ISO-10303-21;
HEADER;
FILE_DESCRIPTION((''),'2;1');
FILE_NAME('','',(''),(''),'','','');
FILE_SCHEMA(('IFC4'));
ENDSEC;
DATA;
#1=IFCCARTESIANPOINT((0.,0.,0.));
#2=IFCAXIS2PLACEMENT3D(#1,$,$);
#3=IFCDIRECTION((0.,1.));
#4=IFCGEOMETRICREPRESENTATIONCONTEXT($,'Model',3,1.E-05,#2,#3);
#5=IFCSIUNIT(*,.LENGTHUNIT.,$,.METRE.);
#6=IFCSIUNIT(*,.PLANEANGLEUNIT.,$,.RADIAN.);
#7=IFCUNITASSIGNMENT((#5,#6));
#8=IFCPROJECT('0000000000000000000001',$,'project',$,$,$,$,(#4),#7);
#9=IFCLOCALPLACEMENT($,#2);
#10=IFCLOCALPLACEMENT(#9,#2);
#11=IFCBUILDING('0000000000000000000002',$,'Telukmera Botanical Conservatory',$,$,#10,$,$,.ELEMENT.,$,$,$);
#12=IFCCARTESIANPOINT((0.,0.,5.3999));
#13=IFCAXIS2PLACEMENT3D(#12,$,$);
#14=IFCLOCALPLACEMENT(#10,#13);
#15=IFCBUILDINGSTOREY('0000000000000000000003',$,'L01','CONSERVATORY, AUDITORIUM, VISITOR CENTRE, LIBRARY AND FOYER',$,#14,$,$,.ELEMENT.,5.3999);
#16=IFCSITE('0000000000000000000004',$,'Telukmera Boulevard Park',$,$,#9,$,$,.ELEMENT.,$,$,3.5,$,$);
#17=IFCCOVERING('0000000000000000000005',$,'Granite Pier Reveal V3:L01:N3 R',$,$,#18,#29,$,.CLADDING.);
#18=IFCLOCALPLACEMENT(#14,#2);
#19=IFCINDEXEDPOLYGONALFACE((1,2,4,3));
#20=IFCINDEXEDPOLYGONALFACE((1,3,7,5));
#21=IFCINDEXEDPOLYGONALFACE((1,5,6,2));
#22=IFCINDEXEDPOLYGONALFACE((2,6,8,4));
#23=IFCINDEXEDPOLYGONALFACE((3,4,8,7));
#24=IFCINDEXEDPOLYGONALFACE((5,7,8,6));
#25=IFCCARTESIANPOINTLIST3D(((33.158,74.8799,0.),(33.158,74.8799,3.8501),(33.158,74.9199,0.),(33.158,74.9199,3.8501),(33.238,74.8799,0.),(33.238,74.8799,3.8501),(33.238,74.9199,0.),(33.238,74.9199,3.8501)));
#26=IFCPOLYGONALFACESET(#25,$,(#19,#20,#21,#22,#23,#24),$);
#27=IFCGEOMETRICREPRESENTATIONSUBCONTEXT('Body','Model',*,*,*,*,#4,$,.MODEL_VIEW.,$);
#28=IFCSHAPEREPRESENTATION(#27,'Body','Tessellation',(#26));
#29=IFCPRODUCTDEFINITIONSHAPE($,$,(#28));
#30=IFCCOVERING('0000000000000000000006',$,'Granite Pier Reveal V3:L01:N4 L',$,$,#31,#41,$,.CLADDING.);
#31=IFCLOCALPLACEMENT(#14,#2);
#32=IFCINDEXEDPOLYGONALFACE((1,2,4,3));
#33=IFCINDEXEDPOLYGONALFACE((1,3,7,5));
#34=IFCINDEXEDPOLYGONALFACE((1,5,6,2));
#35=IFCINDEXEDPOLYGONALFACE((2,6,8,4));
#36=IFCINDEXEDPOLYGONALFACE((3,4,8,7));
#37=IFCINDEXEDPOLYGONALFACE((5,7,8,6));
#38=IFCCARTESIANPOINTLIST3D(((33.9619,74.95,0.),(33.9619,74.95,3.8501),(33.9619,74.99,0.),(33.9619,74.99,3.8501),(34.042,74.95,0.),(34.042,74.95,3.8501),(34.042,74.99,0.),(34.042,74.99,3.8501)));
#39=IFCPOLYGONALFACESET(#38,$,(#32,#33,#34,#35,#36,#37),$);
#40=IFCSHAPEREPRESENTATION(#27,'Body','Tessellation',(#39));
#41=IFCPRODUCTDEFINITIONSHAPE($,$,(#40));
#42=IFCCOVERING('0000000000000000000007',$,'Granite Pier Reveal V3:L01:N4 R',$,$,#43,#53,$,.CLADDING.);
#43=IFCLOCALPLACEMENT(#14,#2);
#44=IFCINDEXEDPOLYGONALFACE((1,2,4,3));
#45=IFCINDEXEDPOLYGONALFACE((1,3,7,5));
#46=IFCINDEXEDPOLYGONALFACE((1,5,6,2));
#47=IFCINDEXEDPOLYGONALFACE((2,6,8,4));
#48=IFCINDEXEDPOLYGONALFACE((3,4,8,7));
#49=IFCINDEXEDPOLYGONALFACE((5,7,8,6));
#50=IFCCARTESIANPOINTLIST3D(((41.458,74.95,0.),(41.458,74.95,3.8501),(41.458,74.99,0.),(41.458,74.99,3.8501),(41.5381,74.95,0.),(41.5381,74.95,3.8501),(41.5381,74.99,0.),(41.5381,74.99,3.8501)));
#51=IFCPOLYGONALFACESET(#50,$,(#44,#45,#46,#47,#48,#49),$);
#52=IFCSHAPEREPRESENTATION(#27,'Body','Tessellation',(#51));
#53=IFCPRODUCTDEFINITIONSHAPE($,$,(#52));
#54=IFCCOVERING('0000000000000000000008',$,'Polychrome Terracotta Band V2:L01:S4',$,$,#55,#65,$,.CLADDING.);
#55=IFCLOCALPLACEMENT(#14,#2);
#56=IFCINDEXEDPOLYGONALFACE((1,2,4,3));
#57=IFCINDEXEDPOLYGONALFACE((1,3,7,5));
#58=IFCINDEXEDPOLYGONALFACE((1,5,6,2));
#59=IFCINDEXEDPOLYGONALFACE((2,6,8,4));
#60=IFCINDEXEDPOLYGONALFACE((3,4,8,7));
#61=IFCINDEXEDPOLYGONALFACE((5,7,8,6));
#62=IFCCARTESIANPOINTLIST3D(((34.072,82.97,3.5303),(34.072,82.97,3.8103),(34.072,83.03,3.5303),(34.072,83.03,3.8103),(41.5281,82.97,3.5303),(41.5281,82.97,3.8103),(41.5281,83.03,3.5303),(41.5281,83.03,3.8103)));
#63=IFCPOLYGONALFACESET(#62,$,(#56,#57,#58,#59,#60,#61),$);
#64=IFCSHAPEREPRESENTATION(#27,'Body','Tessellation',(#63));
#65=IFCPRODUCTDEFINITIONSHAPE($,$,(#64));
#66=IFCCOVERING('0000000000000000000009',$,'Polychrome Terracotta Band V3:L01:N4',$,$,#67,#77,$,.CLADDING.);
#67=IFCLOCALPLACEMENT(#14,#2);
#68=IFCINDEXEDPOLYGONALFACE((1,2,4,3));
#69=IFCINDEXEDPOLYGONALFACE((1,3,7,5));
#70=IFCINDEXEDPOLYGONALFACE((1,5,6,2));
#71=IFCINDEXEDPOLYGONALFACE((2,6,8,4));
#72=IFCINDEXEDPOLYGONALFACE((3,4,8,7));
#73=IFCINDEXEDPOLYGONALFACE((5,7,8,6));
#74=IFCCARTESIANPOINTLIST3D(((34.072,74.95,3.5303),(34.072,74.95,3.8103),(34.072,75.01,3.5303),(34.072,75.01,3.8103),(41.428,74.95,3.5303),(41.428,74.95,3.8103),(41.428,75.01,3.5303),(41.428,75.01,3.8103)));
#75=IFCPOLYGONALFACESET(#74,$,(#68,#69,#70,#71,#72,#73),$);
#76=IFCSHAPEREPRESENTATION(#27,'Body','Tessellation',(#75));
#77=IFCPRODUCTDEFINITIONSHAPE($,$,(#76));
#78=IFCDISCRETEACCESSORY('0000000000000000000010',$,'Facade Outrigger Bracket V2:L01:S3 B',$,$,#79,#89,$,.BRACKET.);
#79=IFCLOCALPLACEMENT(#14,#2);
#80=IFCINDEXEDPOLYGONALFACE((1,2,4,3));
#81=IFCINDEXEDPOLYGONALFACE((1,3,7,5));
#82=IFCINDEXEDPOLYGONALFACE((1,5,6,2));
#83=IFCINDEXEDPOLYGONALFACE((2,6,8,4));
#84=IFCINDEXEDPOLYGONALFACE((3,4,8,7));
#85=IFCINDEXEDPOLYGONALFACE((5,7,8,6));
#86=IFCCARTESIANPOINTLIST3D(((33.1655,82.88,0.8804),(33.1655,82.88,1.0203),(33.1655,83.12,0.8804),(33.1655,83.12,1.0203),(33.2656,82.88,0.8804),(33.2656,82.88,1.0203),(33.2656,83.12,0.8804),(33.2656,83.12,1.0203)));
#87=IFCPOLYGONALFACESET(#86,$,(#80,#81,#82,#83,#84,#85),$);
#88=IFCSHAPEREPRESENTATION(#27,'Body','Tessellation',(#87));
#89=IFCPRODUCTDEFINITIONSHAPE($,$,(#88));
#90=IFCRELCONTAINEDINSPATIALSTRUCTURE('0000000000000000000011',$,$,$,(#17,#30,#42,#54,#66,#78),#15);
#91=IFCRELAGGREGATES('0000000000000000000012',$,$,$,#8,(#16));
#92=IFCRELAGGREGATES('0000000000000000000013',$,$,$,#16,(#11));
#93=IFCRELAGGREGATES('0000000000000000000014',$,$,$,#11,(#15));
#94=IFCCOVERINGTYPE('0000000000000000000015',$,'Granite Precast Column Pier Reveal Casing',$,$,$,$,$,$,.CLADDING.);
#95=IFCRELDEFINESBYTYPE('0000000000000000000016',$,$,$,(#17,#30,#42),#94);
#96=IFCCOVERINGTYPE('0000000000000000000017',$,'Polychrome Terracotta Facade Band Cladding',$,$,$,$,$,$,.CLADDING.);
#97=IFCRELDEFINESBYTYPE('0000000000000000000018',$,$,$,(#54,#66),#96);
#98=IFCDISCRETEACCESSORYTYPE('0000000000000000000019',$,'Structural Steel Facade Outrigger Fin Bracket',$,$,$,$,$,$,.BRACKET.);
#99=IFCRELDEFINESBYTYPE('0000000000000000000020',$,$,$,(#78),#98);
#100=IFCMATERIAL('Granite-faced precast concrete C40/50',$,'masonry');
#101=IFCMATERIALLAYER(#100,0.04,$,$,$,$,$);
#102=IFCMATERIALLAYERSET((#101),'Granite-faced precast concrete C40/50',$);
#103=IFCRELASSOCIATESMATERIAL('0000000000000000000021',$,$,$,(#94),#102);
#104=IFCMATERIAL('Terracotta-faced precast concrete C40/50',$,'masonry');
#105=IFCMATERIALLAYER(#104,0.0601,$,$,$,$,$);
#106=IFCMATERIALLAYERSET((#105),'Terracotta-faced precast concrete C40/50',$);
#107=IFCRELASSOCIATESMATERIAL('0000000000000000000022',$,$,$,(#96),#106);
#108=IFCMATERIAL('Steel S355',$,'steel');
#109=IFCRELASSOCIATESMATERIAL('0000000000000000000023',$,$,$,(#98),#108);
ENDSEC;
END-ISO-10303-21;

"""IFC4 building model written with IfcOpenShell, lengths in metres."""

from ifc_helpers import new_model, si_unit, direction, frame, origin, origin_2d, place, context, subcontext, project, spatial, rectangle, extrude, material, layer, layer_set, type_object, element, save


model = new_model("IFC4")

# Units and contexts
model_context = context("Model", 3, precision=1e-05, world=origin(), true_north=direction((0.0, 1.0)))
body_context = subcontext(model_context, "Body", "Model", "MODEL_VIEW")
ifc_project = project(units=[si_unit("LENGTHUNIT", "METRE"), si_unit("PLANEANGLEUNIT", "RADIAN")], contexts=[model_context])

# Site, building, storey
site_placement = place(None, origin())
site = spatial("IfcSite", under=ifc_project, at=site_placement, Name="Telukmera Boulevard Park", CompositionType="ELEMENT", RefElevation=3.5)
building_placement = place(site_placement, origin())
building = spatial("IfcBuilding", under=site, at=building_placement, Name="Telukmera Botanical Conservatory", CompositionType="ELEMENT")
storey_placement = place(building_placement, frame((0.0, 0.0, 5.3999)))
storey = spatial("IfcBuildingStorey", under=building, at=storey_placement, Name="L01", Description="CONSERVATORY, AUDITORIUM, VISITOR CENTRE, LIBRARY AND FOYER", CompositionType="ELEMENT", Elevation=5.3999)

# Shared definitions
ifc_material_1 = material(Name="Steel S355", Category="steel")

# Shared definitions
ifc_material_2 = material(Name="Terracotta-faced precast concrete C40/50", Category="masonry")

# Coverings
ifc_material_3 = material(Name="Granite-faced precast concrete C40/50", Category="masonry")
ifc_layer_1 = layer(ifc_material_3, 0.04)
ifc_layer_set_1 = layer_set([ifc_layer_1], Name="Granite-faced precast concrete C40/50")
covering_type_1 = type_object("IfcCoveringType", Name="Granite Precast Column Pier Reveal Casing", PredefinedType="CLADDING", material=ifc_layer_set_1)
for number, where, z_axis, x_axis, name in (
    (1, (33.198, 74.8999, 0.0), (0.0, 0.0, 1.0), (1.0, 0.0, 0.0), "Granite Pier Reveal V3:L01:N3 R"),
    (2, (34.002, 74.97, 0.0), (0.0, 0.0, 1.0), (1.0, 0.0, 0.0), "Granite Pier Reveal V3:L01:N4 L"),
    (3, (41.498, 74.97, 0.0), (0.0, 0.0, 1.0), (1.0, 0.0, 0.0), "Granite Pier Reveal V3:L01:N4 R"),
):
    element("IfcCovering", number, at=place(storey_placement, frame(where, z_axis=z_axis, x_axis=x_axis)), inside=storey, type_object=covering_type_1, Name=name, PredefinedType="CLADDING", context=body_context, shape_type="SweptSolid", body=[
        extrude(rectangle(XDim=0.0801, YDim=0.04, at=origin_2d()), origin(), (0.0, 0.0, 1.0), 3.8501),
    ])
ifc_layer_2 = layer(ifc_material_2, 0.0601)
ifc_layer_set_2 = layer_set([ifc_layer_2], Name="Terracotta-faced precast concrete C40/50")
covering_type_2 = type_object("IfcCoveringType", Name="Polychrome Terracotta Facade Band Cladding", PredefinedType="CLADDING", material=ifc_layer_set_2)
covering_1_placement = place(storey_placement, frame((37.8, 83.0, 3.5303), z_axis=(0.0, 0.0, 1.0), x_axis=(1.0, 0.0, 0.0)))
element("IfcCovering", 4, at=covering_1_placement, inside=storey, type_object=covering_type_2, Name="Polychrome Terracotta Band V2:L01:S4", PredefinedType="CLADDING", context=body_context, shape_type="SweptSolid", body=[
    extrude(rectangle(XDim=7.4561, YDim=0.0601, at=origin_2d()), origin(), (0.0, 0.0, 1.0), 0.28),
])
covering_2_placement = place(storey_placement, frame((37.75, 74.98, 3.5303), z_axis=(0.0, 0.0, 1.0), x_axis=(1.0, 0.0, 0.0)))
element("IfcCovering", 5, at=covering_2_placement, inside=storey, type_object=covering_type_2, Name="Polychrome Terracotta Band V3:L01:N4", PredefinedType="CLADDING", context=body_context, shape_type="SweptSolid", body=[
    extrude(rectangle(XDim=7.356, YDim=0.0601, at=origin_2d()), origin(), (0.0, 0.0, 1.0), 0.28),
])

# Discrete accessory
discrete_accessory_type = type_object("IfcDiscreteAccessoryType", Name="Structural Steel Facade Outrigger Fin Bracket", PredefinedType="BRACKET", material=ifc_material_1)
discrete_accessory_placement = place(storey_placement, frame((33.2156, 83.0, 0.8804), z_axis=(0.0, 0.0, 1.0), x_axis=(1.0, 0.0, 0.0)))
element("IfcDiscreteAccessory", 6, at=discrete_accessory_placement, inside=storey, type_object=discrete_accessory_type, Name="Facade Outrigger Bracket V2:L01:S3 B", PredefinedType="BRACKET", context=body_context, shape_type="SweptSolid", body=[
    extrude(rectangle(XDim=0.1001, YDim=0.24, at=origin_2d()), origin(), (0.0, 0.0, 1.0), 0.1399),
])

save(model, "model.ifc")
